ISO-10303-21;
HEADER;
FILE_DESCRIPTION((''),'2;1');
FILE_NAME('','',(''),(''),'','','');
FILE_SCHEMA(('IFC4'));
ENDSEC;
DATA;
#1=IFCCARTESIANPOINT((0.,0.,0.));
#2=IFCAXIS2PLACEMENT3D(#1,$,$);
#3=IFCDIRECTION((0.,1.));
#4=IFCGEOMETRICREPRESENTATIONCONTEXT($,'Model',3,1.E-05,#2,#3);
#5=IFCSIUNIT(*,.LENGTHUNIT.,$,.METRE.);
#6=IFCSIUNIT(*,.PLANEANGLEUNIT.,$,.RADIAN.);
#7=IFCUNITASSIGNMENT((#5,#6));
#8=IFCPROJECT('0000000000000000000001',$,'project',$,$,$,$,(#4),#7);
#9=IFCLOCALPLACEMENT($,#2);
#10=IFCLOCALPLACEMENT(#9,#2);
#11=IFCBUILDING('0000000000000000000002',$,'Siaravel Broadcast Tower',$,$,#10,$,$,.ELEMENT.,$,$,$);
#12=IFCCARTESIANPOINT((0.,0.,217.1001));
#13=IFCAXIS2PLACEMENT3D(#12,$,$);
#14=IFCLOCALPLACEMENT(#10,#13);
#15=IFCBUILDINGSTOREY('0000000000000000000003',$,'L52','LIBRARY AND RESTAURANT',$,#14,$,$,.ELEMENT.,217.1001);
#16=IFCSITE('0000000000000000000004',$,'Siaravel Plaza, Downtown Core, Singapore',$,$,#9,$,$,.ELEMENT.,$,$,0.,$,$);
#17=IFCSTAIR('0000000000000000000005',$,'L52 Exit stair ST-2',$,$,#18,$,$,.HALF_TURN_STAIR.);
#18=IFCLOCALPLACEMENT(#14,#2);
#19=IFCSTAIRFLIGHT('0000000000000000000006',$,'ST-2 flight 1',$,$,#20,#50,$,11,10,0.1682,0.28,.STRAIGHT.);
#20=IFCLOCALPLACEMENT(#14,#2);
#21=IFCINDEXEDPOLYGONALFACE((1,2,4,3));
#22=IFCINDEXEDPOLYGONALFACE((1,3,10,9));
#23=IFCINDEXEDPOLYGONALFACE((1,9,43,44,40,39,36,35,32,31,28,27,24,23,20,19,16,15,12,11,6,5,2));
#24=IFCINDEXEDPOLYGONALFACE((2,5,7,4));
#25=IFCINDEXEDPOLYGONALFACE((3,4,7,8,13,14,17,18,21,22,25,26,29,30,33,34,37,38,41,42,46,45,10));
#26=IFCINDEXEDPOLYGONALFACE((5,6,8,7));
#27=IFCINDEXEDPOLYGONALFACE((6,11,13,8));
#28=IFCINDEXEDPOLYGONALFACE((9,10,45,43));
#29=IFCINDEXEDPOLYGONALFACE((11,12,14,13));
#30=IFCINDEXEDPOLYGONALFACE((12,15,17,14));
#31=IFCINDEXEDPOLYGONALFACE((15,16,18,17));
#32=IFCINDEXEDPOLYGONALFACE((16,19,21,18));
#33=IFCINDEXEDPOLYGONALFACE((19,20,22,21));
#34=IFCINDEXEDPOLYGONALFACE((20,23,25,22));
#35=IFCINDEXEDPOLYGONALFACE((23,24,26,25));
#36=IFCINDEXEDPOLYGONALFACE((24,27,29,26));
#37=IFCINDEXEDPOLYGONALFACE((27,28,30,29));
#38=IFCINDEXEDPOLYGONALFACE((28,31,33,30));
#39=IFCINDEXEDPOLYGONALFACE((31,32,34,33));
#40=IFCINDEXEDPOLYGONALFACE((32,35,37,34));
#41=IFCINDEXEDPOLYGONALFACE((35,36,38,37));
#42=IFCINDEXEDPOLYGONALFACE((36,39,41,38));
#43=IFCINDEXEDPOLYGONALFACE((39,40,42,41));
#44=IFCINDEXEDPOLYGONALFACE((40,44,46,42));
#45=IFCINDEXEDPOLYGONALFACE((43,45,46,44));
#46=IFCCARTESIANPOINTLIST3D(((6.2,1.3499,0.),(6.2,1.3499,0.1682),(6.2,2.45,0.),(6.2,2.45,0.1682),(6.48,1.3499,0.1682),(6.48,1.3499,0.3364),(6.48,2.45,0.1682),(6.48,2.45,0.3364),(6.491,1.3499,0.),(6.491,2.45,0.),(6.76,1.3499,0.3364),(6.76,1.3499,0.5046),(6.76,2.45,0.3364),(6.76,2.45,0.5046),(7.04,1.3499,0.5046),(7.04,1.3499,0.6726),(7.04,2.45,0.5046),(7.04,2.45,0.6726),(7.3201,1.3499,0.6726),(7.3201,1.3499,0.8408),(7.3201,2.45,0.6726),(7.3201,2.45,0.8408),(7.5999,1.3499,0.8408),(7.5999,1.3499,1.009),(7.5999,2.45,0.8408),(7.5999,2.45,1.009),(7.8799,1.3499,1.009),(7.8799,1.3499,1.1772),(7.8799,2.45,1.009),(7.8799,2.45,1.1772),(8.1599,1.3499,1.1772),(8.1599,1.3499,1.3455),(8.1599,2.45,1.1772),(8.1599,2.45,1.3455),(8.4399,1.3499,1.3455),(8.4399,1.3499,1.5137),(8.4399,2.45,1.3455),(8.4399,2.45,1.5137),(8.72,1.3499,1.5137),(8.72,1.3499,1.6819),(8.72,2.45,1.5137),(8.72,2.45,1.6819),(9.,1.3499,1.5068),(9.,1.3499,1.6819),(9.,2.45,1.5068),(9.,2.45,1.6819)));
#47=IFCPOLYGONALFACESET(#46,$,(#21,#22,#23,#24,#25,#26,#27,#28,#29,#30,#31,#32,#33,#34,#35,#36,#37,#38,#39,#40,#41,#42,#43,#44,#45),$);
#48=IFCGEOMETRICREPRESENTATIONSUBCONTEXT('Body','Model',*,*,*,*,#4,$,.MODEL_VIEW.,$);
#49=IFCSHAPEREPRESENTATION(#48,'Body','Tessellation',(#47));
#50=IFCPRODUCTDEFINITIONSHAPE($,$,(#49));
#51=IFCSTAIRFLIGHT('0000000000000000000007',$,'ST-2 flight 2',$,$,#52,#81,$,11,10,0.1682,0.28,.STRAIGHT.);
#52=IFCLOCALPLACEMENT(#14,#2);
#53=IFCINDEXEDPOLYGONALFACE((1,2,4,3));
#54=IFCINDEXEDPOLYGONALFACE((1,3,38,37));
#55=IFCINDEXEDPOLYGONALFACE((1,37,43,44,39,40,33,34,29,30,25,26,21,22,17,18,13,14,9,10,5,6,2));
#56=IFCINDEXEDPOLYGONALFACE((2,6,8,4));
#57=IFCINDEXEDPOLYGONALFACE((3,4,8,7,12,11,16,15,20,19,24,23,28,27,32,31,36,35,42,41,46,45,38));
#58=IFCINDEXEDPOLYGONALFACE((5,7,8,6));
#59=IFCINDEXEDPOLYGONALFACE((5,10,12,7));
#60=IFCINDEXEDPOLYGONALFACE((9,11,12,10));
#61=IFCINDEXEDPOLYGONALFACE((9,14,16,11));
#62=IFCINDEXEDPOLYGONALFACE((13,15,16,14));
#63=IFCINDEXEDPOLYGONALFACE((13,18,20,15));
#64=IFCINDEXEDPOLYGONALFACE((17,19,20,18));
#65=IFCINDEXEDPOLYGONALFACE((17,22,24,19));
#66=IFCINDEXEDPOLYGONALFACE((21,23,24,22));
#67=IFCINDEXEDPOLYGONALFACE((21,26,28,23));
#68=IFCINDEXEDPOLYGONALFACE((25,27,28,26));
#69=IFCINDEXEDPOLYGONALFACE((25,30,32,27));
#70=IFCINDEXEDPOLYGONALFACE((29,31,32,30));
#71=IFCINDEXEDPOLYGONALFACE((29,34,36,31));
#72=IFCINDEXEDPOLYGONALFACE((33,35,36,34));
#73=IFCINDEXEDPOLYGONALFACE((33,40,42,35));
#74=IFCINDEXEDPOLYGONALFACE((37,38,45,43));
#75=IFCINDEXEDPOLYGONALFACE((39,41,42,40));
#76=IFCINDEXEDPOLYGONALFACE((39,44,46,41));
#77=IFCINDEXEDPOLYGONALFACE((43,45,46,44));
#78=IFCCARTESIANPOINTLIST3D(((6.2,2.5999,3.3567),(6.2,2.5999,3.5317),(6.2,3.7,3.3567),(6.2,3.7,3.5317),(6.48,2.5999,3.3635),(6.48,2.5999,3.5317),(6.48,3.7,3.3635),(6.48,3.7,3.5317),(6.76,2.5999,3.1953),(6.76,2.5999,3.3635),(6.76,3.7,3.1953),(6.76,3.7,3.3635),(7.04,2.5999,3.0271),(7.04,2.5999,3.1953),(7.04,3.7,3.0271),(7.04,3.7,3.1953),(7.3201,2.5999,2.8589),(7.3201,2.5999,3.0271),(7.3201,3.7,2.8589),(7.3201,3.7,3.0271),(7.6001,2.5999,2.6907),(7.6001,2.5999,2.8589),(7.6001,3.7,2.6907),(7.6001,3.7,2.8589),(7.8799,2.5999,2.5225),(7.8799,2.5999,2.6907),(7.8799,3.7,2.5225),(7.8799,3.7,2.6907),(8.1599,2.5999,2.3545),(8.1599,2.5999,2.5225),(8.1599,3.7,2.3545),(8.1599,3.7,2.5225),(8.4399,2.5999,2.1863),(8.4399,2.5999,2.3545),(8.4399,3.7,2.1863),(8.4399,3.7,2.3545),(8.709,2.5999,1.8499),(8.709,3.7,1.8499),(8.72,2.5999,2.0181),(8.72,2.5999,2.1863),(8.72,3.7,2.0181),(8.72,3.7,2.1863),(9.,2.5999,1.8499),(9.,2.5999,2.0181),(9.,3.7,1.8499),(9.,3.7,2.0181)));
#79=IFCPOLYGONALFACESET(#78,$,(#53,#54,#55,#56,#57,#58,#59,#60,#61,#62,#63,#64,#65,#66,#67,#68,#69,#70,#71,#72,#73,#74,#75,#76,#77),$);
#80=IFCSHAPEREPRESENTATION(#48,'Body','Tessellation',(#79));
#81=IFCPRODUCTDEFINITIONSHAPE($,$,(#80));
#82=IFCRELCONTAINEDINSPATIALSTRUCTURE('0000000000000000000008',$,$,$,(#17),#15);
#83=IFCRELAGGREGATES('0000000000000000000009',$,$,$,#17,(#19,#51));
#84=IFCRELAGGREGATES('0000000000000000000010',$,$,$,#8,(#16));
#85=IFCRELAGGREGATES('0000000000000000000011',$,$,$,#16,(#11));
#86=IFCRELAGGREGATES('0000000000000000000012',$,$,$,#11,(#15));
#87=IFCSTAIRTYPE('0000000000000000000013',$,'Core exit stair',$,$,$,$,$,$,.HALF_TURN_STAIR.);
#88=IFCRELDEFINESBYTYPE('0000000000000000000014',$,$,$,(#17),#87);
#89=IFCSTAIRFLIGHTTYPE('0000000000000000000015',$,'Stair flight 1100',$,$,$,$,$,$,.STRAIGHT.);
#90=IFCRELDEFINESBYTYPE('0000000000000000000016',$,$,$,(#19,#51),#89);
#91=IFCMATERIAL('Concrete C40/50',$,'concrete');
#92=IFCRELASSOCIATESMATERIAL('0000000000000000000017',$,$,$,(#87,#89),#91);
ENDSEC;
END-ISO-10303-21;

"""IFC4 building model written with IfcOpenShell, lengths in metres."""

from ifc_helpers import new_model, si_unit, direction, frame, origin, place, context, subcontext, project, spatial, polyline, outline, extrude, material, type_object, element, aggregate, save


model = new_model("IFC4")

# Units and contexts
model_context = context("Model", 3, precision=1e-05, world=origin(), true_north=direction((0.0, 1.0)))
body_context = subcontext(model_context, "Body", "Model", "MODEL_VIEW")
ifc_project = project(units=[si_unit("LENGTHUNIT", "METRE"), si_unit("PLANEANGLEUNIT", "RADIAN")], contexts=[model_context])

# Site, building, storey
site_placement = place(None, origin())
site = spatial("IfcSite", under=ifc_project, at=site_placement, Name="Siaravel Plaza, Downtown Core, Singapore", CompositionType="ELEMENT", RefElevation=0.0)
building_placement = place(site_placement, origin())
building = spatial("IfcBuilding", under=site, at=building_placement, Name="Siaravel Broadcast Tower", CompositionType="ELEMENT")
storey_placement = place(building_placement, frame((0.0, 0.0, 217.1001)))
storey = spatial("IfcBuildingStorey", under=building, at=storey_placement, Name="L52", Description="LIBRARY AND RESTAURANT", CompositionType="ELEMENT", Elevation=217.1001)

# Stair, stair flights
ifc_material_1 = material(Name="Concrete C40/50", Category="concrete")
stair_type = type_object("IfcStairType", Name="Core exit stair", PredefinedType="HALF_TURN_STAIR", material=ifc_material_1)
stair_placement = place(storey_placement, origin())
stair = element("IfcStair", 1, at=stair_placement, inside=storey, type_object=stair_type, Name="L52 Exit stair ST-2", PredefinedType="HALF_TURN_STAIR")
stair_flight_type = type_object("IfcStairFlightType", Name="Stair flight 1100", PredefinedType="STRAIGHT", material=ifc_material_1)
stair_flight_1_placement = place(storey_placement, frame((6.2, 1.8999, 0.0), z_axis=(0.0, 0.0, 1.0), x_axis=(1.0, 0.0, 0.0)))
stair_flight_1 = element("IfcStairFlight", 2, at=stair_flight_1_placement, type_object=stair_flight_type, Name="ST-2 flight 1", NumberOfRisers=11, NumberOfTreads=10, PredefinedType="STRAIGHT", RiserHeight=0.1682, TreadLength=0.28, context=body_context, shape_type="SweptSolid", body=[
    extrude(outline(polyline([(0.0, 0.0), (0.0, 0.1682), (0.28, 0.1682), (0.28, 0.3364), (0.5601, 0.3364), (0.5601, 0.5046), (0.8401, 0.5046), (0.8401, 0.6726), (1.1201, 0.6726), (1.1201, 0.8408), (1.3999, 0.8408), (1.3999, 1.009), (1.6799, 1.009), (1.6799, 1.1772), (1.96, 1.1772), (1.96, 1.3455), (2.24, 1.3455), (2.24, 1.5137), (2.52, 1.5137), (2.52, 1.6819), (2.8, 1.6819), (2.8, 1.8501), (2.8, 1.5068), (0.291, 0.0), (0.0, 0.0)])), frame((0.0, 0.55, 0.0), z_axis=(0.0, -1.0, 0.0), x_axis=(1.0, 0.0, 0.0)), (0.0, 0.0, 1.0), 1.1001),
])
stair_flight_2_placement = place(storey_placement, frame((9.0, 3.1499, 1.8499), z_axis=(0.0, 0.0, 1.0), x_axis=(-1.0, 0.0, 0.0)))
stair_flight_2 = element("IfcStairFlight", 3, at=stair_flight_2_placement, type_object=stair_flight_type, Name="ST-2 flight 2", NumberOfRisers=11, NumberOfTreads=10, PredefinedType="STRAIGHT", RiserHeight=0.1682, TreadLength=0.28, context=body_context, shape_type="SweptSolid", body=[
    extrude(outline(polyline([(0.0, 0.0), (0.0, 0.1682), (0.28, 0.1682), (0.28, 0.3364), (0.5601, 0.3364), (0.5601, 0.5046), (0.8401, 0.5046), (0.8401, 0.6726), (1.1201, 0.6726), (1.1201, 0.8408), (1.3999, 0.8408), (1.3999, 1.009), (1.6799, 1.009), (1.6799, 1.1772), (1.96, 1.1772), (1.96, 1.3455), (2.24, 1.3455), (2.24, 1.5137), (2.52, 1.5137), (2.52, 1.6819), (2.8, 1.6819), (2.8, 1.8501), (2.8, 1.5068), (0.291, 0.0), (0.0, 0.0)])), frame((0.0, 0.55, 0.0), z_axis=(0.0, -1.0, 0.0), x_axis=(1.0, 0.0, 0.0)), (0.0, 0.0, 1.0), 1.1001),
])
aggregate(stair, [stair_flight_1, stair_flight_2])

save(model, "model.ifc")
